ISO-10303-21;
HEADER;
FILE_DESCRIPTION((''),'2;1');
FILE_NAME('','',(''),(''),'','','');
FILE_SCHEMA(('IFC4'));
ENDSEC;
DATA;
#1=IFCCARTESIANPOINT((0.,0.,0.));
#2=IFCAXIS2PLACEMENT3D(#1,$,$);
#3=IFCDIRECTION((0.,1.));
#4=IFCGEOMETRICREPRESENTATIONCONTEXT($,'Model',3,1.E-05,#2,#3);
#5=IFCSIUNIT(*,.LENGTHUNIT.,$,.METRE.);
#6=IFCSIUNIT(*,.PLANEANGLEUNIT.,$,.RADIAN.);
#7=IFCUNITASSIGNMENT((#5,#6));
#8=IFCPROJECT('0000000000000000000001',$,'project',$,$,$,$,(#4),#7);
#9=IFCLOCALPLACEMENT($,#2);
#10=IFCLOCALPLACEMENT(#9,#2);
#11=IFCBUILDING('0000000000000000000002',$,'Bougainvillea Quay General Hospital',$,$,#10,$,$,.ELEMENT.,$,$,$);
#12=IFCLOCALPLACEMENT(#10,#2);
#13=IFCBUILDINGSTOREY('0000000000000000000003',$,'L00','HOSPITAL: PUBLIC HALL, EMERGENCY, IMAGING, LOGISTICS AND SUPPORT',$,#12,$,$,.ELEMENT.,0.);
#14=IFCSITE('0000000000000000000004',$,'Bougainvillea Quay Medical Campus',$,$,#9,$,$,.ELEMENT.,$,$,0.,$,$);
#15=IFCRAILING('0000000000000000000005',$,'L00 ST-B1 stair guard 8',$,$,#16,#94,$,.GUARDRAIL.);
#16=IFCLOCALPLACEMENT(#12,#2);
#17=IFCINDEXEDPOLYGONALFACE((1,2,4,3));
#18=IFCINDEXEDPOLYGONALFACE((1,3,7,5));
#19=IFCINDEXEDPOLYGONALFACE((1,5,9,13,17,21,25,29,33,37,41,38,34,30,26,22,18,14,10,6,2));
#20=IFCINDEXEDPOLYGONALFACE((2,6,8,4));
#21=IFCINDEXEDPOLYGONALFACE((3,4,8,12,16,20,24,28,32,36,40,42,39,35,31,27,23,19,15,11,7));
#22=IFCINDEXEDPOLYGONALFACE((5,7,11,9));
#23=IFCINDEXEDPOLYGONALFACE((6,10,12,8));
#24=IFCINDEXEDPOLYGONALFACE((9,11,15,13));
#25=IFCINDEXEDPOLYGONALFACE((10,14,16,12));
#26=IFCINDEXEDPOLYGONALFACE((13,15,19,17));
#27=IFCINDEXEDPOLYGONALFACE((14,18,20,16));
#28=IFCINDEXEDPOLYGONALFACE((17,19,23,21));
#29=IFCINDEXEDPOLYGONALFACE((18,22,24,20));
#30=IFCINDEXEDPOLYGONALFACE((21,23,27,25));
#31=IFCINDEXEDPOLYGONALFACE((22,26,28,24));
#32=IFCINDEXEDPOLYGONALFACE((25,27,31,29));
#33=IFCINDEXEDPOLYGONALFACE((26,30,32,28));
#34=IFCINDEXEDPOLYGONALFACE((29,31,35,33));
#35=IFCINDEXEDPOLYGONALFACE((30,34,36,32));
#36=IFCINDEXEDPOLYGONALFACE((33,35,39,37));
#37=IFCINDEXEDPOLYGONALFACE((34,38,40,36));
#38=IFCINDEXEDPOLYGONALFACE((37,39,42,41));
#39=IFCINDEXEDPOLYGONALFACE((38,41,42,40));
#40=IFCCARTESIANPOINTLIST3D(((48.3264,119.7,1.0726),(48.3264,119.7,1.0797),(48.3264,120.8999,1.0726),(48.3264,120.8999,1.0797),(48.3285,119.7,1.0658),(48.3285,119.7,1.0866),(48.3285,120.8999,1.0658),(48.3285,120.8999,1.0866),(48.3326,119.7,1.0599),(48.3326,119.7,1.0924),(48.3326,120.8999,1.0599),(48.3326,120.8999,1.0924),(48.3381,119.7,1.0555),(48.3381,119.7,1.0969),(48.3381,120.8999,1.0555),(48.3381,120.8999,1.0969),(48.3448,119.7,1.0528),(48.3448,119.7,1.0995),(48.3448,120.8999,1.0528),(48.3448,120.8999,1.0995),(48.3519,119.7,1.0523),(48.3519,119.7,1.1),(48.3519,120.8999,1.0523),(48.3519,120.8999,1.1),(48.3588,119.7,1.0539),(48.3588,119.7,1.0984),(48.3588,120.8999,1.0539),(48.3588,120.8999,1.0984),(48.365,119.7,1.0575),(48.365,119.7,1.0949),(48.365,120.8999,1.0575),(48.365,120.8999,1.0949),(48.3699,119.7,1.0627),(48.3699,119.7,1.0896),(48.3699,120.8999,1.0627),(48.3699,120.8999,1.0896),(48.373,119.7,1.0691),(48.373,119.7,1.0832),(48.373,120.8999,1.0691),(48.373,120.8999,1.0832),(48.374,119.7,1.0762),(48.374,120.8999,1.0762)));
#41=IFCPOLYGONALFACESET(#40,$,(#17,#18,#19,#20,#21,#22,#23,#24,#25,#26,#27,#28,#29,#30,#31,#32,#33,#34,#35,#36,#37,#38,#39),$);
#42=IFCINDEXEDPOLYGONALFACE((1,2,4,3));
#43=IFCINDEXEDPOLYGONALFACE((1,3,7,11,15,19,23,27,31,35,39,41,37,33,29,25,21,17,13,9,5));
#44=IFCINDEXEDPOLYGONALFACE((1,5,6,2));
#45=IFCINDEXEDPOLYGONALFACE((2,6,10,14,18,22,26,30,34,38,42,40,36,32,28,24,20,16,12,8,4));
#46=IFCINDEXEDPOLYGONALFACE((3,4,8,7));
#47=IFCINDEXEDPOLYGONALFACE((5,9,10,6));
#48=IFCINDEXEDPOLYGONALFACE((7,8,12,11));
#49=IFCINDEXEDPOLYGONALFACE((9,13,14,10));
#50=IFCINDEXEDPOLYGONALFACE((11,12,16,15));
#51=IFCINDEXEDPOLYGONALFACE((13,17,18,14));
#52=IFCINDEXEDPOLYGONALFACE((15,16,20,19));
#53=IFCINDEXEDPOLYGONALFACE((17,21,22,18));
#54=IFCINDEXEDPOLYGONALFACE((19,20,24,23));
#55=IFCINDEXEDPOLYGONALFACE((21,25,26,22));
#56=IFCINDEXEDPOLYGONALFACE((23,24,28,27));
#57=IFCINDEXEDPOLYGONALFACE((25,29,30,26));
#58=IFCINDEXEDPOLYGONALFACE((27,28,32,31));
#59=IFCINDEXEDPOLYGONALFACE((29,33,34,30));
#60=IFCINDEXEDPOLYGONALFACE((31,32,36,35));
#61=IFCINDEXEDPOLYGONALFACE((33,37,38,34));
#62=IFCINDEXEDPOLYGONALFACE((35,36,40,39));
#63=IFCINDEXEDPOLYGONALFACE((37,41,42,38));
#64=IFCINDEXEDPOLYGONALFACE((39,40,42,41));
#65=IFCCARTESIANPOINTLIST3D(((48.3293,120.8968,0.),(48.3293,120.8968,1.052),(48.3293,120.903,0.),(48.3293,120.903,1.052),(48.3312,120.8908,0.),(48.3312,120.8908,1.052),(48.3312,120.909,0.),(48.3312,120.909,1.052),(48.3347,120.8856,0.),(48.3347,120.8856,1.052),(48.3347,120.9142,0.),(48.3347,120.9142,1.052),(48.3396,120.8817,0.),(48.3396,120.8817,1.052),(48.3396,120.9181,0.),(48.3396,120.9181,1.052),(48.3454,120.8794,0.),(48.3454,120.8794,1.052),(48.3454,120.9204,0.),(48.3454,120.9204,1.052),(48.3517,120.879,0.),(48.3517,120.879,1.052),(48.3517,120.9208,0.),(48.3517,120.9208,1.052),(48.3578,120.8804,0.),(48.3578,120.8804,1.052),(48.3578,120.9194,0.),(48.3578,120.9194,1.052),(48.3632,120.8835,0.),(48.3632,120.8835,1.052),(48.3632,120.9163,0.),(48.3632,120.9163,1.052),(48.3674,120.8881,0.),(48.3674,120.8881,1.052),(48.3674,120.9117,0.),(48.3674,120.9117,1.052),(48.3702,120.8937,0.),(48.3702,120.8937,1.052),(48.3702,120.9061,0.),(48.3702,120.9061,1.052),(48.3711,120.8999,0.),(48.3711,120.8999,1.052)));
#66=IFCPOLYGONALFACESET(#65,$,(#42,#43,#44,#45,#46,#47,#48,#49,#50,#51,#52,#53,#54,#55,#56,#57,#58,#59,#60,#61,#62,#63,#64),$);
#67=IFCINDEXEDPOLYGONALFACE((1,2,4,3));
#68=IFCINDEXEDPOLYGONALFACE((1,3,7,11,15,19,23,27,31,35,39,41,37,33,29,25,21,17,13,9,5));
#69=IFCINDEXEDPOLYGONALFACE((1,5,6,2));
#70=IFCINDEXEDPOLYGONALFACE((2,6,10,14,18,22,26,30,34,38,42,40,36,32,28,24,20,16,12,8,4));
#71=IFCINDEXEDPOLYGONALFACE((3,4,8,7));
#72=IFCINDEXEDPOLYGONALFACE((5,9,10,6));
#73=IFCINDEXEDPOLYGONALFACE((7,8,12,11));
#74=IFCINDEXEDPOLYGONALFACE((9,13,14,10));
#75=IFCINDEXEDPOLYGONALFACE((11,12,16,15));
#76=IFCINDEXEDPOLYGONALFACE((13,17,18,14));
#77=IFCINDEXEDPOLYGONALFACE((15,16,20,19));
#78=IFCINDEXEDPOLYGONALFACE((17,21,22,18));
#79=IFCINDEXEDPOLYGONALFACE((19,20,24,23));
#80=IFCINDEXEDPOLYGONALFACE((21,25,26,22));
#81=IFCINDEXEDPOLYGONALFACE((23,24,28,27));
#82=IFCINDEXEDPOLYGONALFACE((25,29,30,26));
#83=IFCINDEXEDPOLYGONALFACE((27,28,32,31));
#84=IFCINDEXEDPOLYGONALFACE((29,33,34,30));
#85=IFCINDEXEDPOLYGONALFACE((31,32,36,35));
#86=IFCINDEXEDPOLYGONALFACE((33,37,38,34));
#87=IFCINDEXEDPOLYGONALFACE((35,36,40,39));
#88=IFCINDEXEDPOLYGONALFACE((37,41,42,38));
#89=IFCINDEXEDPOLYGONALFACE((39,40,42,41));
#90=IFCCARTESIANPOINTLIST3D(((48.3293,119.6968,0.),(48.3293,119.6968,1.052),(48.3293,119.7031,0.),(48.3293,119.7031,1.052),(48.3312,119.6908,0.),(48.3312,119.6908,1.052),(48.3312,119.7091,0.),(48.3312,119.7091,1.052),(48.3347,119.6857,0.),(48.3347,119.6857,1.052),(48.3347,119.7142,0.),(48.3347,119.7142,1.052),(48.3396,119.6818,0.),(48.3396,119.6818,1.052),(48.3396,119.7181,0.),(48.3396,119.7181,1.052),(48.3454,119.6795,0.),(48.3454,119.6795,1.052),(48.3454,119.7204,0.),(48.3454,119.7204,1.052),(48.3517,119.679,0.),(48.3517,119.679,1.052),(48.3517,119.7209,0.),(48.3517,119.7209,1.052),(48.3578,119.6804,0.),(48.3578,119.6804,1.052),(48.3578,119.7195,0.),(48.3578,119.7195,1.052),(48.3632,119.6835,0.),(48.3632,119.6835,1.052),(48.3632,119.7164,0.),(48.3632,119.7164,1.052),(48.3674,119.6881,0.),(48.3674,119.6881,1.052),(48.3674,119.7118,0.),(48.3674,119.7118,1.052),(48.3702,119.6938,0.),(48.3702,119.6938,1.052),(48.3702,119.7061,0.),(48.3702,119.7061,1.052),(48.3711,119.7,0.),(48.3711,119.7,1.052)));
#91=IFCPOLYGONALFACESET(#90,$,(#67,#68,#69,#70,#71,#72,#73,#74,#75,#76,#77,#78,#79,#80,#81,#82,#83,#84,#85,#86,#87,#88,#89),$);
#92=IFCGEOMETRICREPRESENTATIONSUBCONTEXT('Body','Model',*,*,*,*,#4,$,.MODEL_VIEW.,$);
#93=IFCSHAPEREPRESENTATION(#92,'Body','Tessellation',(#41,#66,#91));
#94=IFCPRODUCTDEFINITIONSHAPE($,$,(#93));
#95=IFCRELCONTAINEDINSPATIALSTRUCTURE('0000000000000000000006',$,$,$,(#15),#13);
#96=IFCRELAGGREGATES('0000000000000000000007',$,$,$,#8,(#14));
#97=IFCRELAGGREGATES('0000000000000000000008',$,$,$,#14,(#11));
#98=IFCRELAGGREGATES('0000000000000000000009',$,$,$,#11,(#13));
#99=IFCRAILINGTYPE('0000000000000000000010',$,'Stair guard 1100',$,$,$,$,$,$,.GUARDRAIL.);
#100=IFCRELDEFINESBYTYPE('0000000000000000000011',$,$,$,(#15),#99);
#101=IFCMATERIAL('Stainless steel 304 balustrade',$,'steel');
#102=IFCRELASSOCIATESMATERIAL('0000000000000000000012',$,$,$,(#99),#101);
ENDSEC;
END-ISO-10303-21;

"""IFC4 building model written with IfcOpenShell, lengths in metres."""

from ifc_helpers import new_model, si_unit, direction, frame, origin, origin_2d, place, context, subcontext, project, spatial, circle, extrude, material, type_object, element, save


model = new_model("IFC4")

# Units and contexts
model_context = context("Model", 3, precision=1e-05, world=origin(), true_north=direction((0.0, 1.0)))
body_context = subcontext(model_context, "Body", "Model", "MODEL_VIEW")
ifc_project = project(units=[si_unit("LENGTHUNIT", "METRE"), si_unit("PLANEANGLEUNIT", "RADIAN")], contexts=[model_context])

# Site, building, storey
site_placement = place(None, origin())
site = spatial("IfcSite", under=ifc_project, at=site_placement, Name="Bougainvillea Quay Medical Campus", CompositionType="ELEMENT", RefElevation=0.0)
building_placement = place(site_placement, origin())
building = spatial("IfcBuilding", under=site, at=building_placement, Name="Bougainvillea Quay General Hospital", CompositionType="ELEMENT")
storey_placement = place(building_placement, origin())
storey = spatial("IfcBuildingStorey", under=building, at=storey_placement, Name="L00", Description="HOSPITAL: PUBLIC HALL, EMERGENCY, IMAGING, LOGISTICS AND SUPPORT", CompositionType="ELEMENT", Elevation=0.0)

# Railing
ifc_material_1 = material(Name="Stainless steel 304 balustrade", Category="steel")
railing_type_1 = type_object("IfcRailingType", Name="Stair guard 1100", PredefinedType="GUARDRAIL", material=ifc_material_1)
railing_1_placement = place(storey_placement, frame((48.3501, 120.8999, 0.0)))
element("IfcRailing", 1, at=railing_1_placement, inside=storey, type_object=railing_type_1, Name="L00 ST-B1 stair guard 8", PredefinedType="GUARDRAIL", context=body_context, shape_type="SweptSolid", body=[
    extrude(circle(Radius=0.0239, at=origin_2d()), frame((0.0, 0.0, 1.0762), z_axis=(0.0, -1.0, 0.0), x_axis=(1.0, 0.0, 0.0)), (0.0, 0.0, 1.0), 1.2),
    extrude(circle(Radius=0.021, at=origin_2d()), origin(), (0.0, 0.0, 1.0), 1.052),
    extrude(circle(Radius=0.021, at=origin_2d()), frame((0.0, -1.2, 0.0)), (0.0, 0.0, 1.0), 1.052),
])

save(model, "model.ifc")
